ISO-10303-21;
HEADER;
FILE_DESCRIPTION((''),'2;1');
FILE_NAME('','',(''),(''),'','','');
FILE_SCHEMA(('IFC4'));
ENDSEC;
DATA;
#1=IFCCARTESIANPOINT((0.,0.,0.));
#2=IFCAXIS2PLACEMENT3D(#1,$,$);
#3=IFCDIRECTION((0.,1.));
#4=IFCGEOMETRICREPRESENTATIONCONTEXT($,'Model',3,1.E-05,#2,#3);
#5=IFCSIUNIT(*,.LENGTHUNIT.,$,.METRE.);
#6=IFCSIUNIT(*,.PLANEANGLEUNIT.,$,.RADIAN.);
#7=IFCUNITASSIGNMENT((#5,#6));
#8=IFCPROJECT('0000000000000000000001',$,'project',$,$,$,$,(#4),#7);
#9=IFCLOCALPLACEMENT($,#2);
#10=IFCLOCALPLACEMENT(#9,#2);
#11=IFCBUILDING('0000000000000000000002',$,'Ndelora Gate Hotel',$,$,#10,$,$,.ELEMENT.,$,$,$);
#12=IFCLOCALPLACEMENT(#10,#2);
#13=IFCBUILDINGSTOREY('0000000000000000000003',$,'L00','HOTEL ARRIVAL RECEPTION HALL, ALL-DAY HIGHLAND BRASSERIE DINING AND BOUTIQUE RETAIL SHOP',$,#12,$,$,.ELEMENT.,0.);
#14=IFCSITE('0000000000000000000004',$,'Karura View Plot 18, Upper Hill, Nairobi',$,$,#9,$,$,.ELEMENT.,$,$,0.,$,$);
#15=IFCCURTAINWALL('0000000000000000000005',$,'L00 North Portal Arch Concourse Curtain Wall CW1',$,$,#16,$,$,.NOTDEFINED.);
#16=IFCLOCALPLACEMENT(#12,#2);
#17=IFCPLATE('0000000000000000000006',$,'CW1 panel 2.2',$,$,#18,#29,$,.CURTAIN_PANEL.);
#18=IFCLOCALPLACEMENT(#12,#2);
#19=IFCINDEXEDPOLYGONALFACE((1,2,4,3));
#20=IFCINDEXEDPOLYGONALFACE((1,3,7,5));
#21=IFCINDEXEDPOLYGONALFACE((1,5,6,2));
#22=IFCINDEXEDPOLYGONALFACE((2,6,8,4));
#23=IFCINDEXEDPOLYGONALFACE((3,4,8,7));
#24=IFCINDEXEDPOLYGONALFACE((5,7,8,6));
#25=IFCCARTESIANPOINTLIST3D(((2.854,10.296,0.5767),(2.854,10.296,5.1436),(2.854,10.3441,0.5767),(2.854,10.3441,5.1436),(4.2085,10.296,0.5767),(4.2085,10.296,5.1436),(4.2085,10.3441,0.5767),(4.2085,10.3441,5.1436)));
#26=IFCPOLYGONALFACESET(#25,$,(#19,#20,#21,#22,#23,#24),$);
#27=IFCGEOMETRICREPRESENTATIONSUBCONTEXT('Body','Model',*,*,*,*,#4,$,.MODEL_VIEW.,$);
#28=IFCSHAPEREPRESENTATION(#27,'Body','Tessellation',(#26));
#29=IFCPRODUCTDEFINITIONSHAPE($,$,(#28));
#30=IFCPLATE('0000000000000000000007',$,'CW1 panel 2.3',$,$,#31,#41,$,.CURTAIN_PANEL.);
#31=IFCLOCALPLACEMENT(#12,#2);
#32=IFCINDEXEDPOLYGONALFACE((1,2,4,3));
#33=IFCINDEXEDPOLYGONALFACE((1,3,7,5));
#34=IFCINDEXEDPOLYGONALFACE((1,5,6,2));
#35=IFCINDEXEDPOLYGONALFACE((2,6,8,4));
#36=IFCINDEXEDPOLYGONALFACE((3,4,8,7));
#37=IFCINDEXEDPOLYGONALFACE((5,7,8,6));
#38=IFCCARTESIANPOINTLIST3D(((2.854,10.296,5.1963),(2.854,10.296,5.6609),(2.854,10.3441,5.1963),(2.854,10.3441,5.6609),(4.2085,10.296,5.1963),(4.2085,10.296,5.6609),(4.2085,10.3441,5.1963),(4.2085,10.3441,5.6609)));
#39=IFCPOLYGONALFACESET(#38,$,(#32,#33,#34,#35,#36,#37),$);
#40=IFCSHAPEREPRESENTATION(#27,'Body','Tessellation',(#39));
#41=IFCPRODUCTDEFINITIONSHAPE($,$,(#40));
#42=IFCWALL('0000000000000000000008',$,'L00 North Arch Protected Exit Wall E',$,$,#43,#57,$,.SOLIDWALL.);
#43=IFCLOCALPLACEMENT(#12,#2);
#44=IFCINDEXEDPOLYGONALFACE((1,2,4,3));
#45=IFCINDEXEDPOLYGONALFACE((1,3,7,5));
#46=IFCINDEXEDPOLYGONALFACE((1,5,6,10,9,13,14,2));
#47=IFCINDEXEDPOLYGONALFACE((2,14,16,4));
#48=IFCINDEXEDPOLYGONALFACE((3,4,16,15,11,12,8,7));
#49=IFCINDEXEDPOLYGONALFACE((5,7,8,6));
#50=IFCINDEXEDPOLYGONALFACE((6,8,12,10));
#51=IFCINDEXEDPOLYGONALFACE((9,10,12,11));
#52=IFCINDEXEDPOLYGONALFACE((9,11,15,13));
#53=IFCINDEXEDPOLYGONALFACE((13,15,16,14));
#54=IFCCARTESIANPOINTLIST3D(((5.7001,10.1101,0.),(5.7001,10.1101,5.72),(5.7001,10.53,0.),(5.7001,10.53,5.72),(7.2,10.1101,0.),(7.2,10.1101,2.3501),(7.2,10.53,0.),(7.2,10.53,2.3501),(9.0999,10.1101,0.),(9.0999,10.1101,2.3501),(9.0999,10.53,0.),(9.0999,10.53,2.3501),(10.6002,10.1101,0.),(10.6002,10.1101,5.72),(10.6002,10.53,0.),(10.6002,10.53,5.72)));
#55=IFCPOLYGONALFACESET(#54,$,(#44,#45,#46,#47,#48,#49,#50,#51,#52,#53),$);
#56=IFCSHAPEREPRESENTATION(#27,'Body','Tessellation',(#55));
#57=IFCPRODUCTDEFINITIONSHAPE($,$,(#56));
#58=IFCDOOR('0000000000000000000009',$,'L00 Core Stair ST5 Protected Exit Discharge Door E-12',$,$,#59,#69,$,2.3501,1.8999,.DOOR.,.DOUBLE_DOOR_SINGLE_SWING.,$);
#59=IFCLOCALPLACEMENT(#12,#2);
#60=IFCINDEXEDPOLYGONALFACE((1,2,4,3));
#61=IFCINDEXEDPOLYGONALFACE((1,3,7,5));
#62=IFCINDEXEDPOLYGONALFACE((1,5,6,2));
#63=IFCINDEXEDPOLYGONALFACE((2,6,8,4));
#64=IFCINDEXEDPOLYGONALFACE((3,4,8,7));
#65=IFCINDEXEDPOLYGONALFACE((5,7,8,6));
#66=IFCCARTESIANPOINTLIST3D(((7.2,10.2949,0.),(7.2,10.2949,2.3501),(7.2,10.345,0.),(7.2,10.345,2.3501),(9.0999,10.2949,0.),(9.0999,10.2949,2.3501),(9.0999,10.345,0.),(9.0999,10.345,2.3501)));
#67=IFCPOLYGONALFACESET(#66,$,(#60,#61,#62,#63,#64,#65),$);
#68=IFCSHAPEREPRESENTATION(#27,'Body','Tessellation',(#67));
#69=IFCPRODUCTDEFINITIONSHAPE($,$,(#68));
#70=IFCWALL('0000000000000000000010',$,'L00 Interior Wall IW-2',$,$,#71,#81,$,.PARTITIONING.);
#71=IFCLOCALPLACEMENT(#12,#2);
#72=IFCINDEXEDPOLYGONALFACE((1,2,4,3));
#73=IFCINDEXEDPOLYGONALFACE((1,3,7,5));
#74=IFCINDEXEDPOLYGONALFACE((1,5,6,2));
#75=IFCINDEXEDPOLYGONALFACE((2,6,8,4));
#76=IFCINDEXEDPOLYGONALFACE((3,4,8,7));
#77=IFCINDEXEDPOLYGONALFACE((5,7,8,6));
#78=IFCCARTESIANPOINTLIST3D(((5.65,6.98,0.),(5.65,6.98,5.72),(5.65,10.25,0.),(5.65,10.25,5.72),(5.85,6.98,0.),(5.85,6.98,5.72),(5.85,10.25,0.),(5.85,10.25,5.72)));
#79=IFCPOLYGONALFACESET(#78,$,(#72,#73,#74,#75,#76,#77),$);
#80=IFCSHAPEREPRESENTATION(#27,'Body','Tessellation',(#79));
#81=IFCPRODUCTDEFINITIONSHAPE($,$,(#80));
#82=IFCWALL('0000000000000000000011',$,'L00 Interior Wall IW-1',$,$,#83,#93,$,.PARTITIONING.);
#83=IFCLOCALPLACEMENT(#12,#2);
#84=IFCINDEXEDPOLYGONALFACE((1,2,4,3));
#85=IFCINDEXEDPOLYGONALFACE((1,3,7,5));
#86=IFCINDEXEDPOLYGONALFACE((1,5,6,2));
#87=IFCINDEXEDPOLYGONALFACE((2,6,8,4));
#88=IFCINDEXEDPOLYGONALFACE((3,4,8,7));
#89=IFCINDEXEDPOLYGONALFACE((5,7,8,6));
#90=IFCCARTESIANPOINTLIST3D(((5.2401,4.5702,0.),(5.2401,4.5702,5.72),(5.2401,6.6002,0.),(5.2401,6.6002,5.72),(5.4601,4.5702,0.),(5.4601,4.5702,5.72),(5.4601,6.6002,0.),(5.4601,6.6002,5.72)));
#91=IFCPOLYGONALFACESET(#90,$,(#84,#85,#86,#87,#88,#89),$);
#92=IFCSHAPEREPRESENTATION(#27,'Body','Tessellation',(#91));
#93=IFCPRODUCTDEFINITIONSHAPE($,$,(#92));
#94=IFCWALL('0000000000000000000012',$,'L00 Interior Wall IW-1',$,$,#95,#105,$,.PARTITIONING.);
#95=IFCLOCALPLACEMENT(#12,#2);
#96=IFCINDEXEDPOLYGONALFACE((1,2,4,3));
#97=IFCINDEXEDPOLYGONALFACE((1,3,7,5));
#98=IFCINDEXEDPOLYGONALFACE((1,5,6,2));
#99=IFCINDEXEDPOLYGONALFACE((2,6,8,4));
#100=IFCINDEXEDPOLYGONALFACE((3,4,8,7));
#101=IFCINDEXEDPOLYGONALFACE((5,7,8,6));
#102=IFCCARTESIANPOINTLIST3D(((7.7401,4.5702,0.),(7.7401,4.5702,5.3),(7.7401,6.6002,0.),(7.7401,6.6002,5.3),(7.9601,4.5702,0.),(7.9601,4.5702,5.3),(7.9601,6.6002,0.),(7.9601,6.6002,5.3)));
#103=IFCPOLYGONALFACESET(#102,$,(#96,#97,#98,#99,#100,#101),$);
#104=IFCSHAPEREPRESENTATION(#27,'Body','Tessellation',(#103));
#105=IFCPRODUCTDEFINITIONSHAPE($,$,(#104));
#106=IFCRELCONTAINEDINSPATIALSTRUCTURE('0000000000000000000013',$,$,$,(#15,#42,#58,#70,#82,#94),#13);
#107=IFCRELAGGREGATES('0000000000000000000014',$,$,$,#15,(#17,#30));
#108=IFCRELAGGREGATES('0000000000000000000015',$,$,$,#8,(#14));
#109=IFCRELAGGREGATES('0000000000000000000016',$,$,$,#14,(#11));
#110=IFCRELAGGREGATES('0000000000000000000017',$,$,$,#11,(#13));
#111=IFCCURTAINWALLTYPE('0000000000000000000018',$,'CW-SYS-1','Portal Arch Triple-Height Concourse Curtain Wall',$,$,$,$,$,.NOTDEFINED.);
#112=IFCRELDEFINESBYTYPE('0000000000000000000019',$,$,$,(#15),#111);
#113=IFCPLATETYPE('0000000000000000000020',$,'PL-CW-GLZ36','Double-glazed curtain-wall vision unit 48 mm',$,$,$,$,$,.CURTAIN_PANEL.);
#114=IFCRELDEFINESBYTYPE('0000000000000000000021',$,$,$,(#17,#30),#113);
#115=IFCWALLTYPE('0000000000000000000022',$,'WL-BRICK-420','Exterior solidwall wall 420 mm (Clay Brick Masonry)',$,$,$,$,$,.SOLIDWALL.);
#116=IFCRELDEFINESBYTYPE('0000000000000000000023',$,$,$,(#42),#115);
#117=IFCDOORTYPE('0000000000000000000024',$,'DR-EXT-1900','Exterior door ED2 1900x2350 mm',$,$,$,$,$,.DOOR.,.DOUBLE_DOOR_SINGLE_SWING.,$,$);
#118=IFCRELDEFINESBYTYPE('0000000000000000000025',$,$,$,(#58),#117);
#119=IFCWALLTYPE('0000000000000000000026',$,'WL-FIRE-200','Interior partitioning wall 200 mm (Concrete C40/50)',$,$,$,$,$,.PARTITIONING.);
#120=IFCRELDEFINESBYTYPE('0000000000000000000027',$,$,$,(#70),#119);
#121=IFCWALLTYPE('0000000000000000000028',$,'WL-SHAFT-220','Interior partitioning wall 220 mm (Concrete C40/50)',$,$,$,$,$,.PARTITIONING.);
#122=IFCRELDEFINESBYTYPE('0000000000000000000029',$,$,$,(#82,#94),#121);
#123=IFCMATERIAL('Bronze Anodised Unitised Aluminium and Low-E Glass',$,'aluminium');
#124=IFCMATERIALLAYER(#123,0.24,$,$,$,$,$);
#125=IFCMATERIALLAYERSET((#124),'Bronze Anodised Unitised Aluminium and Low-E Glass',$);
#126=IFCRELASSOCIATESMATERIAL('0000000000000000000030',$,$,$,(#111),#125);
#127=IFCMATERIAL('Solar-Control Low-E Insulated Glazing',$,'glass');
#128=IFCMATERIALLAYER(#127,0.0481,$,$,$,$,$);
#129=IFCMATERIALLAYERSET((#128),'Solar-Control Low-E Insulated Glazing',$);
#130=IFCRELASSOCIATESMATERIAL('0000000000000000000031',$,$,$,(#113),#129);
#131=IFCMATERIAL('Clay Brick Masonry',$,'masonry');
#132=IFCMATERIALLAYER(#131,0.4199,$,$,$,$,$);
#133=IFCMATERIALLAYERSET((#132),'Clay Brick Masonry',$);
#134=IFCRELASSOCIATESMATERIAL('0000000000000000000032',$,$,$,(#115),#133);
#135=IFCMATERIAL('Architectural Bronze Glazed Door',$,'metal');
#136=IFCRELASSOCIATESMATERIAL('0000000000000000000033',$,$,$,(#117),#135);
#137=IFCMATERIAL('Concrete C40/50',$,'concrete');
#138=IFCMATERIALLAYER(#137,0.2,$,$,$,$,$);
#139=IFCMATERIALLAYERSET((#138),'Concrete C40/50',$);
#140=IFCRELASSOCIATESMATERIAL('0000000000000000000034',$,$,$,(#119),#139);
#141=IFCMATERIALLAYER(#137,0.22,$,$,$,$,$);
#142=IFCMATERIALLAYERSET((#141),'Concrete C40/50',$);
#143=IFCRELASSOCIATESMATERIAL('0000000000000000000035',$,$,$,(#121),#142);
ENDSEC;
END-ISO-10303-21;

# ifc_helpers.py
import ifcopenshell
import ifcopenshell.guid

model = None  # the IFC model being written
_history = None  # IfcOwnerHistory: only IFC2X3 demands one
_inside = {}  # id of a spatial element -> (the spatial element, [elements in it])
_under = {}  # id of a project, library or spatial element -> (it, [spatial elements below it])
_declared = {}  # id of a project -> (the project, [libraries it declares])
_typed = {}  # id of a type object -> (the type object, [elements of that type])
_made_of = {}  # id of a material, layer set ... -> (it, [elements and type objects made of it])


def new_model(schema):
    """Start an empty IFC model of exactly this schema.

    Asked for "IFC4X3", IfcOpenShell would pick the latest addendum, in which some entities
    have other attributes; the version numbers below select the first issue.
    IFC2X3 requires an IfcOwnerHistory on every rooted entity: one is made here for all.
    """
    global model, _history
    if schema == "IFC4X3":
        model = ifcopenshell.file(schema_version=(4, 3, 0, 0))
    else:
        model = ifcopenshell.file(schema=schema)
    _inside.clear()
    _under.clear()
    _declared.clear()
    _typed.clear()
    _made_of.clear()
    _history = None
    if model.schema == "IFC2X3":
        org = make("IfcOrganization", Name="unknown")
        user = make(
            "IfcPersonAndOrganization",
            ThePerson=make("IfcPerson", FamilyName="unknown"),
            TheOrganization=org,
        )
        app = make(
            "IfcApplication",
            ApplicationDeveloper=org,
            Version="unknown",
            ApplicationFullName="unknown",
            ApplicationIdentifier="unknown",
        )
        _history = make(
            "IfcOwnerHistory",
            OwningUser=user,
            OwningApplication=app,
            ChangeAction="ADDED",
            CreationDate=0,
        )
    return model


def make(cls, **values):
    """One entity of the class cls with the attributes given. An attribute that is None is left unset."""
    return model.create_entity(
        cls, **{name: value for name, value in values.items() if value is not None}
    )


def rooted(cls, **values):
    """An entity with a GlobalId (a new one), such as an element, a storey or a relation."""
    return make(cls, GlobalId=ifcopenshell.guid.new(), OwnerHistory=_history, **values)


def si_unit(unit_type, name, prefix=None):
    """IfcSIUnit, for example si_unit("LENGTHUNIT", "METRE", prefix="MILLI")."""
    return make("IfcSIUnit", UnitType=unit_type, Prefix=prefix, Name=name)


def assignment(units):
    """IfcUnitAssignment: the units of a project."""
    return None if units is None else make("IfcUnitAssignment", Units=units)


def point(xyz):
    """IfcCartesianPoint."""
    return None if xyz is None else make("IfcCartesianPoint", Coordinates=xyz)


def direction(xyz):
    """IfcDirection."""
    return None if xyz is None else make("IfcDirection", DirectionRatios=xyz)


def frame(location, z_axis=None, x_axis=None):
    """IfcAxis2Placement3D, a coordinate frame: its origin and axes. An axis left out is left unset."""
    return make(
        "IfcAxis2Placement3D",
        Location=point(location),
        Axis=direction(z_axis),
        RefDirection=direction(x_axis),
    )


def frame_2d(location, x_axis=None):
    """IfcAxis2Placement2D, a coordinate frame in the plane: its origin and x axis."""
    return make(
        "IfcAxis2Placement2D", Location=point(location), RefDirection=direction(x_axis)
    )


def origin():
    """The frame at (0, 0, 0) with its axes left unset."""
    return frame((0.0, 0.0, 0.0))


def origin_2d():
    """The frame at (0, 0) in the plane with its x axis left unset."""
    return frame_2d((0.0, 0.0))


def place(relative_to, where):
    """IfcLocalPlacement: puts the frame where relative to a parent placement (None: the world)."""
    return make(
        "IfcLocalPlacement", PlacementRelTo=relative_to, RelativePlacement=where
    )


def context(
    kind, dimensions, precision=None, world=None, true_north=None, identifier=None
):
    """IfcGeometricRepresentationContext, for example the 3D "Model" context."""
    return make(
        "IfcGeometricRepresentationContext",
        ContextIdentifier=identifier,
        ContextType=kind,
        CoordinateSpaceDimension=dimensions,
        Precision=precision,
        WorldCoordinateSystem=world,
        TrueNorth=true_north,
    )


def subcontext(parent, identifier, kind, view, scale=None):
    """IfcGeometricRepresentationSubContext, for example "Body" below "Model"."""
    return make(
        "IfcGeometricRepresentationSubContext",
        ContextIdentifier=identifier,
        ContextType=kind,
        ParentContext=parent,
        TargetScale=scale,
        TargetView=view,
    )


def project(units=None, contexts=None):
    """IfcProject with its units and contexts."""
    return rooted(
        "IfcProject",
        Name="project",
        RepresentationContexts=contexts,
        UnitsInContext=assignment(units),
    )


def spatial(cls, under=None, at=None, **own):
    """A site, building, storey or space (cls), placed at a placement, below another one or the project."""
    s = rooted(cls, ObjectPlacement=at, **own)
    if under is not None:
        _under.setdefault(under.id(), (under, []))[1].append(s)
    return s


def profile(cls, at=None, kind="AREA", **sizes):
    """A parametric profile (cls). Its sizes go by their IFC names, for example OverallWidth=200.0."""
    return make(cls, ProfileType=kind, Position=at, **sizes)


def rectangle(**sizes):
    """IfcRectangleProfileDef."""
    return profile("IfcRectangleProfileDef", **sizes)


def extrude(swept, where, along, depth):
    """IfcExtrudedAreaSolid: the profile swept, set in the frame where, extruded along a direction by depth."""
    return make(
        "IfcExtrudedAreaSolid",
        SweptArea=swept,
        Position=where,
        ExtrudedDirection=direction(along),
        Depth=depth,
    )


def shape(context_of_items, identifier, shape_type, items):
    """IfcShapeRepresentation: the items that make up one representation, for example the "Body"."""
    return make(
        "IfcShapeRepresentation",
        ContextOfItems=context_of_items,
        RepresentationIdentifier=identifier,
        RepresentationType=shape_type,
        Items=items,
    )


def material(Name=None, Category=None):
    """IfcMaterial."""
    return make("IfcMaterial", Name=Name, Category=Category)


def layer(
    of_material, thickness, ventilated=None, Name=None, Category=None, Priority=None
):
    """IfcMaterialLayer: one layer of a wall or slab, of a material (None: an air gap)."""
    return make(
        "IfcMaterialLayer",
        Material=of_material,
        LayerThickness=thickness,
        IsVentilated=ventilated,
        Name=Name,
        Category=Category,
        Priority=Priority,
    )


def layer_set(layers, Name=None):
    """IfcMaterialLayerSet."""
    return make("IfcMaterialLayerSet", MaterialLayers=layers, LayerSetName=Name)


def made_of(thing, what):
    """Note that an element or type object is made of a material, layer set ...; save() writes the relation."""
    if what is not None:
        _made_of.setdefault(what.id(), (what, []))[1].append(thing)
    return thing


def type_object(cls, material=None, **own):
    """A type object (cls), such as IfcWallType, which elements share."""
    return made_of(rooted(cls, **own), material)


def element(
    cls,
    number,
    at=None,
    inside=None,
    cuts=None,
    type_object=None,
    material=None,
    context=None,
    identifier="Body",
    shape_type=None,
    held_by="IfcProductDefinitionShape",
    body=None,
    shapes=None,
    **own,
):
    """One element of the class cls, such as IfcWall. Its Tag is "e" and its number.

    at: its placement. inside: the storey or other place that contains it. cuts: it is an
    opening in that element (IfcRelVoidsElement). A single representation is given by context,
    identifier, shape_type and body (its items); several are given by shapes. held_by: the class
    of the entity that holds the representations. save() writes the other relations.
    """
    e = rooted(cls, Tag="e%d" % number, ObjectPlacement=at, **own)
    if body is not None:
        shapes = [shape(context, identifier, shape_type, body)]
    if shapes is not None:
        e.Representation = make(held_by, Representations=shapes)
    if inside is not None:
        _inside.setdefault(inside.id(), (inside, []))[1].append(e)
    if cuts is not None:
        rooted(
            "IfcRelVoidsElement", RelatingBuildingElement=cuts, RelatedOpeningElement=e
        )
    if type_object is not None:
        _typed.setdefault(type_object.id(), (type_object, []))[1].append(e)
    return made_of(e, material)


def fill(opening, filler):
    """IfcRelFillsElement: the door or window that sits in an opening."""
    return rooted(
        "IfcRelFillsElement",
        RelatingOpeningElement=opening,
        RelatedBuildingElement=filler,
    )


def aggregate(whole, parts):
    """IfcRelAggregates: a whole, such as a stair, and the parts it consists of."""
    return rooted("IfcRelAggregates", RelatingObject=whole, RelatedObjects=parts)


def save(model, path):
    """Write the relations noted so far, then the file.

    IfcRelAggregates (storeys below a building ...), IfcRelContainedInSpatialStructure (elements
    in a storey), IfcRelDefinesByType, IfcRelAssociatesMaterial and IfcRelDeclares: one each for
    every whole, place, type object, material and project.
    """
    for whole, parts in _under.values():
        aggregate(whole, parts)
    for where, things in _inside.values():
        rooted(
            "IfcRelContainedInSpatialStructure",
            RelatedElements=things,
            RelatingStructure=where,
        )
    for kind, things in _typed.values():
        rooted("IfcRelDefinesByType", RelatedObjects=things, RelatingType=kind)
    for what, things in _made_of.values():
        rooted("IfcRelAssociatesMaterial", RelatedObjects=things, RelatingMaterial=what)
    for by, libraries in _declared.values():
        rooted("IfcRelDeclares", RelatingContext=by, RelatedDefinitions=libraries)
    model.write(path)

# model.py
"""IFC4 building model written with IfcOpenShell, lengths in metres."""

from ifc_helpers import new_model, si_unit, direction, frame, frame_2d, origin, origin_2d, place, context, subcontext, project, spatial, rectangle, extrude, material, layer, layer_set, type_object, element, fill, aggregate, save


model = new_model("IFC4")

# Units and contexts
model_context = context("Model", 3, precision=1e-05, world=origin(), true_north=direction((0.0, 1.0)))
body_context = subcontext(model_context, "Body", "Model", "MODEL_VIEW")
ifc_project = project(units=[si_unit("LENGTHUNIT", "METRE"), si_unit("PLANEANGLEUNIT", "RADIAN")], contexts=[model_context])

# Site, building, storey
site_placement = place(None, origin())
site = spatial("IfcSite", under=ifc_project, at=site_placement, Name="Karura View Plot 18, Upper Hill, Nairobi", CompositionType="ELEMENT", RefElevation=0.0)
building_placement = place(site_placement, origin())
building = spatial("IfcBuilding", under=site, at=building_placement, Name="Ndelora Gate Hotel", CompositionType="ELEMENT")
storey_placement = place(building_placement, origin())
storey = spatial("IfcBuildingStorey", under=building, at=storey_placement, Name="L00", Description="HOTEL ARRIVAL RECEPTION HALL, ALL-DAY HIGHLAND BRASSERIE DINING AND BOUTIQUE RETAIL SHOP", CompositionType="ELEMENT", Elevation=0.0)

# Curtain wall, plates
ifc_material_1 = material(Name="Bronze Anodised Unitised Aluminium and Low-E Glass", Category="aluminium")
ifc_layer_1 = layer(ifc_material_1, 0.24)
ifc_layer_set_1 = layer_set([ifc_layer_1], Name="Bronze Anodised Unitised Aluminium and Low-E Glass")
curtain_wall_type = type_object("IfcCurtainWallType", Name="CW-SYS-1", Description="Portal Arch Triple-Height Concourse Curtain Wall", PredefinedType="NOTDEFINED", material=ifc_layer_set_1)
curtain_wall_placement = place(storey_placement, origin())
curtain_wall = element("IfcCurtainWall", 1, at=curtain_wall_placement, inside=storey, type_object=curtain_wall_type, Name="L00 North Portal Arch Concourse Curtain Wall CW1", PredefinedType="NOTDEFINED")
ifc_material_2 = material(Name="Solar-Control Low-E Insulated Glazing", Category="glass")
ifc_layer_2 = layer(ifc_material_2, 0.0481)
ifc_layer_set_2 = layer_set([ifc_layer_2], Name="Solar-Control Low-E Insulated Glazing")
plate_type = type_object("IfcPlateType", Name="PL-CW-GLZ36", Description="Double-glazed curtain-wall vision unit 48 mm", PredefinedType="CURTAIN_PANEL", material=ifc_layer_set_2)
plate_1_placement = place(storey_placement, frame((3.5312, 10.3201, 0.5767), z_axis=(0.0, 0.0, 1.0), x_axis=(-1.0, 0.0, 0.0)))
plate_1 = element("IfcPlate", 2, at=plate_1_placement, type_object=plate_type, Name="CW1 panel 2.2", PredefinedType="CURTAIN_PANEL", context=body_context, shape_type="SweptSolid", body=[
    extrude(rectangle(XDim=1.3545, YDim=0.0481, at=origin_2d()), origin(), (0.0, 0.0, 1.0), 4.5669),
])
plate_2_placement = place(storey_placement, frame((3.5312, 10.3201, 5.1963), z_axis=(0.0, 0.0, 1.0), x_axis=(-1.0, 0.0, 0.0)))
plate_2 = element("IfcPlate", 3, at=plate_2_placement, type_object=plate_type, Name="CW1 panel 2.3", PredefinedType="CURTAIN_PANEL", context=body_context, shape_type="SweptSolid", body=[
    extrude(rectangle(XDim=1.3545, YDim=0.0481, at=origin_2d()), origin(), (0.0, 0.0, 1.0), 0.4646),
])
aggregate(curtain_wall, [plate_1, plate_2])

# Wall, opening, door
ifc_material_3 = material(Name="Clay Brick Masonry", Category="masonry")
ifc_layer_3 = layer(ifc_material_3, 0.4199)
ifc_layer_set_3 = layer_set([ifc_layer_3], Name="Clay Brick Masonry")
wall_type_1 = type_object("IfcWallType", Name="WL-BRICK-420", Description="Exterior solidwall wall 420 mm (Clay Brick Masonry)", PredefinedType="SOLIDWALL", material=ifc_layer_set_3)
wall_1_placement = place(storey_placement, frame((5.7, 10.3201, 0.0), z_axis=(0.0, 0.0, 1.0), x_axis=(1.0, 0.0, 0.0)))
wall_1 = element("IfcWall", 4, at=wall_1_placement, inside=storey, type_object=wall_type_1, Name="L00 North Arch Protected Exit Wall E", PredefinedType="SOLIDWALL", context=body_context, shape_type="SweptSolid", body=[
    extrude(rectangle(XDim=4.9001, YDim=0.4199, at=frame_2d((2.4502, 0.0))), origin(), (0.0, 0.0, 1.0), 5.72),
])
opening_placement = place(wall_1_placement, frame((1.5, 0.0, 0.0)))
opening = element("IfcOpeningElement", 5, at=opening_placement, cuts=wall_1, PredefinedType="OPENING", context=body_context, shape_type="SweptSolid", body=[
    extrude(rectangle(XDim=1.8999, YDim=2.3501, at=frame_2d((0.95, 1.175))), frame((0.0, 0.22, 0.0), z_axis=(0.0, -1.0, 0.0), x_axis=(1.0, 0.0, 0.0)), (0.0, 0.0, 1.0), 0.4399),
])
ifc_material_4 = material(Name="Architectural Bronze Glazed Door", Category="metal")
door_type = type_object("IfcDoorType", Name="DR-EXT-1900", Description="Exterior door ED2 1900x2350 mm", OperationType="DOUBLE_DOOR_SINGLE_SWING", PredefinedType="DOOR", material=ifc_material_4)
door_placement = place(opening_placement, origin())
door = element("IfcDoor", 6, at=door_placement, inside=storey, type_object=door_type, Name="L00 Core Stair ST5 Protected Exit Discharge Door E-12", OperationType="DOUBLE_DOOR_SINGLE_SWING", OverallHeight=2.3501, OverallWidth=1.8999, PredefinedType="DOOR", context=body_context, shape_type="SweptSolid", body=[
    extrude(rectangle(XDim=1.8999, YDim=2.3501, at=frame_2d((0.95, 1.175))), frame((0.0, 0.0249, 0.0), z_axis=(0.0, -1.0, 0.0), x_axis=(1.0, 0.0, 0.0)), (0.0, 0.0, 1.0), 0.05),
])
fill(opening, door)

# Walls
ifc_material_5 = material(Name="Concrete C40/50", Category="concrete")
ifc_layer_4 = layer(ifc_material_5, 0.2)
ifc_layer_set_4 = layer_set([ifc_layer_4], Name="Concrete C40/50")
wall_type_2 = type_object("IfcWallType", Name="WL-FIRE-200", Description="Interior partitioning wall 200 mm (Concrete C40/50)", PredefinedType="PARTITIONING", material=ifc_layer_set_4)
wall_2_placement = place(storey_placement, frame((5.75, 10.25, 0.0), z_axis=(0.0, 0.0, 1.0), x_axis=(0.0, -1.0, 0.0)))
element("IfcWall", 7, at=wall_2_placement, inside=storey, type_object=wall_type_2, Name="L00 Interior Wall IW-2", PredefinedType="PARTITIONING", context=body_context, shape_type="SweptSolid", body=[
    extrude(rectangle(XDim=3.27, YDim=0.2, at=frame_2d((1.635, 0.0))), origin(), (0.0, 0.0, 1.0), 5.72),
])
ifc_layer_5 = layer(ifc_material_5, 0.22)
ifc_layer_set_5 = layer_set([ifc_layer_5], Name="Concrete C40/50")
wall_type_3 = type_object("IfcWallType", Name="WL-SHAFT-220", Description="Interior partitioning wall 220 mm (Concrete C40/50)", PredefinedType="PARTITIONING", material=ifc_layer_set_5)
wall_3_placement = place(storey_placement, frame((5.3501, 4.5701, 0.0), z_axis=(0.0, 0.0, 1.0), x_axis=(0.0, 1.0, 0.0)))
element("IfcWall", 8, at=wall_3_placement, inside=storey, type_object=wall_type_3, Name="L00 Interior Wall IW-1", PredefinedType="PARTITIONING", context=body_context, shape_type="SweptSolid", body=[
    extrude(rectangle(XDim=2.03, YDim=0.22, at=frame_2d((1.0151, 0.0))), origin(), (0.0, 0.0, 1.0), 5.72),
])
wall_4_placement = place(storey_placement, frame((7.8501, 4.5701, 0.0), z_axis=(0.0, 0.0, 1.0), x_axis=(0.0, 1.0, 0.0)))
element("IfcWall", 9, at=wall_4_placement, inside=storey, type_object=wall_type_3, Name="L00 Interior Wall IW-1", PredefinedType="PARTITIONING", context=body_context, shape_type="SweptSolid", body=[
    extrude(rectangle(XDim=2.03, YDim=0.22, at=frame_2d((1.0151, 0.0))), origin(), (0.0, 0.0, 1.0), 5.3),
])

save(model, "model.ifc")
